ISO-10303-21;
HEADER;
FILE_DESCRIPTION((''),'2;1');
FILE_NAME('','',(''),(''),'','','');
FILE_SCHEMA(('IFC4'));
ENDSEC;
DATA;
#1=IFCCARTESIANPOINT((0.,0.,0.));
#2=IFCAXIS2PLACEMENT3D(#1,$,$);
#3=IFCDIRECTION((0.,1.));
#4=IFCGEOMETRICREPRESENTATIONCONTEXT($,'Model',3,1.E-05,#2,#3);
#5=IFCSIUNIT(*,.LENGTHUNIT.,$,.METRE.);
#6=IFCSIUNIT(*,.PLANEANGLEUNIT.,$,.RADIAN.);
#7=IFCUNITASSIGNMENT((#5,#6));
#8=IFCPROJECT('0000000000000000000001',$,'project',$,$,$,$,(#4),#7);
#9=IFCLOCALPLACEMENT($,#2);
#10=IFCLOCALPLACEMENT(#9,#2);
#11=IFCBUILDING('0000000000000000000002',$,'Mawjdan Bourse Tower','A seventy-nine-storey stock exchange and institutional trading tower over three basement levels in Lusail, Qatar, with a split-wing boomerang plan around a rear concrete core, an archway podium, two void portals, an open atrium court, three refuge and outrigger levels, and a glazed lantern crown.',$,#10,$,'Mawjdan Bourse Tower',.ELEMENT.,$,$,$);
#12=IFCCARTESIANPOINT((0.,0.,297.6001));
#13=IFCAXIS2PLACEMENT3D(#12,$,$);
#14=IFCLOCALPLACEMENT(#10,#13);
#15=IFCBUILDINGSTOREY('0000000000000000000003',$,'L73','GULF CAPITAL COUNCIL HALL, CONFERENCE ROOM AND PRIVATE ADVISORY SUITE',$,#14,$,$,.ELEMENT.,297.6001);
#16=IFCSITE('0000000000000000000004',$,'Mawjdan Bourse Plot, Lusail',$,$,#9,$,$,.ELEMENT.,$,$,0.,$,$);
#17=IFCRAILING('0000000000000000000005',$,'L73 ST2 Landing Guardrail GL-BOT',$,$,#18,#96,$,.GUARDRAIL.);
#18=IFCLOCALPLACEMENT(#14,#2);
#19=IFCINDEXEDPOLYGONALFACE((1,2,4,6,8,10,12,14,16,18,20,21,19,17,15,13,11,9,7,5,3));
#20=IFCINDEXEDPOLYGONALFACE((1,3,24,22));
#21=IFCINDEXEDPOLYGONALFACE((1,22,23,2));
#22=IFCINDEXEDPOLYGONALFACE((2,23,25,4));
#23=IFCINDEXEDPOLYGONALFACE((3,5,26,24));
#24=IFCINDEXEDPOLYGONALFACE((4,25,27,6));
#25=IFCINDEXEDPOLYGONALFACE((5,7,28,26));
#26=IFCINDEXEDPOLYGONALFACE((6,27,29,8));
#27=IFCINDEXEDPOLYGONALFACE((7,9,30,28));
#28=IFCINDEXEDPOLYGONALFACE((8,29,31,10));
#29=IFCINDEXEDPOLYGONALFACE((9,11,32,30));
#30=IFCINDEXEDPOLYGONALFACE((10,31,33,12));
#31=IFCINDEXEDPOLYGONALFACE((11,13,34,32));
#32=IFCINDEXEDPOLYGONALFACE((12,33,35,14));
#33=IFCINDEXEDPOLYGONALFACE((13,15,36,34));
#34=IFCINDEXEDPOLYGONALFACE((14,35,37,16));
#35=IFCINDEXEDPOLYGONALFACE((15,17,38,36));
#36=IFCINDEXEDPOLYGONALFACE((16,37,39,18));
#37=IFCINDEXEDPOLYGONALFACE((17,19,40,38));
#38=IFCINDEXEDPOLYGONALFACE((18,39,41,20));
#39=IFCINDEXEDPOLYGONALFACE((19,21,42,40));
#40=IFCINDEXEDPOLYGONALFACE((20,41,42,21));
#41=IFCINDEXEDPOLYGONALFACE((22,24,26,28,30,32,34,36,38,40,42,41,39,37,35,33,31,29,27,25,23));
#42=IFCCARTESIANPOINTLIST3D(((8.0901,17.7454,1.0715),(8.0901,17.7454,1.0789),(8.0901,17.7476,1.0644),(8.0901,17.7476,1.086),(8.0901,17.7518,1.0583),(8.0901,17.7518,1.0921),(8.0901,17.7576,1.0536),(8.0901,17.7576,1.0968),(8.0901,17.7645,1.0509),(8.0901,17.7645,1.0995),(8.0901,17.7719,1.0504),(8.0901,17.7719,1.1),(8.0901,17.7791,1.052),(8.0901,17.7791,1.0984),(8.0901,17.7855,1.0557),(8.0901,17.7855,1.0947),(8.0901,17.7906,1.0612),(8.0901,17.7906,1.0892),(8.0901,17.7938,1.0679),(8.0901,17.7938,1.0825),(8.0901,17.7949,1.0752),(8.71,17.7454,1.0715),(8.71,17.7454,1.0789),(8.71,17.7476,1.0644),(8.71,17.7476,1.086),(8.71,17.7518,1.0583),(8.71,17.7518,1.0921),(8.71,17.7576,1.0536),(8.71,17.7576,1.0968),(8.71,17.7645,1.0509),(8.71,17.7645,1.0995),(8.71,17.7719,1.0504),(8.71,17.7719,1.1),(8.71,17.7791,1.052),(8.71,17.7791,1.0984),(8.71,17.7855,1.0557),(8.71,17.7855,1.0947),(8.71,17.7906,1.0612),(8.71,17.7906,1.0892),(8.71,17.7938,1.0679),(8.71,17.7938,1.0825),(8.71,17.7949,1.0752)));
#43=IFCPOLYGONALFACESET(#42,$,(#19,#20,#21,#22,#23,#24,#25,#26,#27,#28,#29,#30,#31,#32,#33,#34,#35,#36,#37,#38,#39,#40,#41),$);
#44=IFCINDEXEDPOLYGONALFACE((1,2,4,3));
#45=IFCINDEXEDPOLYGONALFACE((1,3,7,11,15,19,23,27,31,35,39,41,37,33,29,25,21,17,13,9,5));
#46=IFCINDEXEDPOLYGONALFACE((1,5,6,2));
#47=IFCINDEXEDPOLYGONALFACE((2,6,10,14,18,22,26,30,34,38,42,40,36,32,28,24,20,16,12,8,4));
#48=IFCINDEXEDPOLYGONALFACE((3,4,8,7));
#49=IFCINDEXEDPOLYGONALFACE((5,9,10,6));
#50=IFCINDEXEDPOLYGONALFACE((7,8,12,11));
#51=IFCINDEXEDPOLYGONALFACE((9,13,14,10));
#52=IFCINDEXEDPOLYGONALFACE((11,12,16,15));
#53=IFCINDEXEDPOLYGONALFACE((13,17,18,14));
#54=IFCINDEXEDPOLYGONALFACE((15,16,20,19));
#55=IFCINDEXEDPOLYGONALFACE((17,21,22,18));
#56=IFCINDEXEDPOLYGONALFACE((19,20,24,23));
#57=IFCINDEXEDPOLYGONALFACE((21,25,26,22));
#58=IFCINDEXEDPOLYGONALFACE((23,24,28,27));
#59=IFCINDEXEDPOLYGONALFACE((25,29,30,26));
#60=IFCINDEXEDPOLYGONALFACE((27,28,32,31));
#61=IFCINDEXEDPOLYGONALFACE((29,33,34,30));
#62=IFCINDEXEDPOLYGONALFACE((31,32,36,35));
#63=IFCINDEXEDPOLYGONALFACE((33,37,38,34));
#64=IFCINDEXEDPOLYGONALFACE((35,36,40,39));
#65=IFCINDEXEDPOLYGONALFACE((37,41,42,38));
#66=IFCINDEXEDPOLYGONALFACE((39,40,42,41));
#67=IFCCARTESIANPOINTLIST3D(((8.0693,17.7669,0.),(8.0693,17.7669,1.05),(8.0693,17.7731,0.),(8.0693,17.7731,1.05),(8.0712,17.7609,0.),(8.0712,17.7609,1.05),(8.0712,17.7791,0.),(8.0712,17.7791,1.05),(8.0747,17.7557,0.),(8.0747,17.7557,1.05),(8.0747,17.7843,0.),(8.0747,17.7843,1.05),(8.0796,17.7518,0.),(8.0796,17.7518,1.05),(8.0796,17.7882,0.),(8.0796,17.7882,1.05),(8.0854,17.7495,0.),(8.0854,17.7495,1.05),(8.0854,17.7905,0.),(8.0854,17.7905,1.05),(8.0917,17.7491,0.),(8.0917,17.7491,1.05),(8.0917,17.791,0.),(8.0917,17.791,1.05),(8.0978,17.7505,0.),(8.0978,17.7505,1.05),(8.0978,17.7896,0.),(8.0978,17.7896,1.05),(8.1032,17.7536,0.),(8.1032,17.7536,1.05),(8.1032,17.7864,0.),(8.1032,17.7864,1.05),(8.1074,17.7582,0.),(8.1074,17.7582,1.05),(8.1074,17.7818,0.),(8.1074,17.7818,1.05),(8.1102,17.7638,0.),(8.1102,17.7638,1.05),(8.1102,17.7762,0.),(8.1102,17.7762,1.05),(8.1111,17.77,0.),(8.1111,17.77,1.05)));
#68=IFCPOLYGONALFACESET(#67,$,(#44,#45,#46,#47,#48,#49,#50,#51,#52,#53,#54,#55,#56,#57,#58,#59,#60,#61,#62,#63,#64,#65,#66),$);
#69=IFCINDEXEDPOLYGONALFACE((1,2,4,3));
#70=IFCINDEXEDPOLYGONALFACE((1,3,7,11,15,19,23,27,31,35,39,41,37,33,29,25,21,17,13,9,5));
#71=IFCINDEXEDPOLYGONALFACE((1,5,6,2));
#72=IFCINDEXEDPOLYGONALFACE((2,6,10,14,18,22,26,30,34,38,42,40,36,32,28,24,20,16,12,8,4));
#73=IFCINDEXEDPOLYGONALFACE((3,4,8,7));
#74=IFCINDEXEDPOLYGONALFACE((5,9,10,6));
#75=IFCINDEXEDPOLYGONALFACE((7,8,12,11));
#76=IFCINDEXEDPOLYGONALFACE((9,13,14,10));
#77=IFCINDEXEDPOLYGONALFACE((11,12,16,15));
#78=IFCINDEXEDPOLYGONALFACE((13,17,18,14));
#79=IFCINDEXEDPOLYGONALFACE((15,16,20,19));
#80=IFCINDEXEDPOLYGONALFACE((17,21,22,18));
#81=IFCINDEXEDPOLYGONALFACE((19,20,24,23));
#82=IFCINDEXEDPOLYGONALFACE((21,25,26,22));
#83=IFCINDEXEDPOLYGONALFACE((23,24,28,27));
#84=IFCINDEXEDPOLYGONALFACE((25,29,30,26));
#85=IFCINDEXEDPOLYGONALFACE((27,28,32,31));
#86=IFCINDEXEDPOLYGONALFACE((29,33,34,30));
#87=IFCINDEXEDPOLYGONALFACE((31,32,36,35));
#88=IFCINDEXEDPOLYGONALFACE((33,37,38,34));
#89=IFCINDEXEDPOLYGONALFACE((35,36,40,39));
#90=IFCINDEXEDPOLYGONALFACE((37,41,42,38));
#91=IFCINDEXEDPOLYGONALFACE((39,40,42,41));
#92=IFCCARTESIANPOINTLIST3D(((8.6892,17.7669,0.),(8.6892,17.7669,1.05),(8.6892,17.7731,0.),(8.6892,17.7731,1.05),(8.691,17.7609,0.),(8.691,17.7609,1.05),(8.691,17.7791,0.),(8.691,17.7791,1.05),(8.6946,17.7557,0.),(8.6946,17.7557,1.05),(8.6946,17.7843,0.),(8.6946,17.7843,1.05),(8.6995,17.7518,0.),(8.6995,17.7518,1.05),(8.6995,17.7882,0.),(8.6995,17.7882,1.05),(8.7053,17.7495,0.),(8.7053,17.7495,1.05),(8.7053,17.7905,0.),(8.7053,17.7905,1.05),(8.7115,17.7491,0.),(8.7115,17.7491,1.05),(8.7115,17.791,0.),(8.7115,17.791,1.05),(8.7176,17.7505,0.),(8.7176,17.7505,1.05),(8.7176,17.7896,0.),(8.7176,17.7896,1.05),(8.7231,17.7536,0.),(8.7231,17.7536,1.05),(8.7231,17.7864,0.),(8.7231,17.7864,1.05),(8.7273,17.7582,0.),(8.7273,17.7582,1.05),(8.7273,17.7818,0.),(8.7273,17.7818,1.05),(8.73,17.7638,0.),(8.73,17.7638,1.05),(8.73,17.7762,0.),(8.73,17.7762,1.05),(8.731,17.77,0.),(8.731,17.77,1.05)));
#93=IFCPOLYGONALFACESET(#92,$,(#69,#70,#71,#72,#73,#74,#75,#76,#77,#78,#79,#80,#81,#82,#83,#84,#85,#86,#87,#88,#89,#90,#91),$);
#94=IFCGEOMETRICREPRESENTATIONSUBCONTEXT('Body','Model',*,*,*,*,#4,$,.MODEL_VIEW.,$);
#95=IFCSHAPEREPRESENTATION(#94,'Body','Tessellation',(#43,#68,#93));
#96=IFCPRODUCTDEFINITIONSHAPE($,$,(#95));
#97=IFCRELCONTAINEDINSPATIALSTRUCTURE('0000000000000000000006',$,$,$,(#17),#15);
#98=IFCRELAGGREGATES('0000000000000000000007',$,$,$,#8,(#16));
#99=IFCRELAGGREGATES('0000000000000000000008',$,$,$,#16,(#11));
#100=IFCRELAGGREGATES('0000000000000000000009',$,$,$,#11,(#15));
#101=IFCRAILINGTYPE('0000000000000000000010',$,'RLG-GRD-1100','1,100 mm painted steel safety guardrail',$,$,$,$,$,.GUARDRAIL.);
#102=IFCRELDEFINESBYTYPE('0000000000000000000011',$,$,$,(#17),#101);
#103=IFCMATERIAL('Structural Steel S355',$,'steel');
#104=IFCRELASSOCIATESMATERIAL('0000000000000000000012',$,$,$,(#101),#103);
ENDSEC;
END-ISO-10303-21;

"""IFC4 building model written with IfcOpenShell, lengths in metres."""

from ifc_helpers import new_model, si_unit, direction, frame, origin, origin_2d, place, context, subcontext, project, spatial, circle, extrude, material, type_object, element, save


model = new_model("IFC4")

# Units and contexts
model_context = context("Model", 3, precision=1e-05, world=origin(), true_north=direction((0.0, 1.0)))
body_context = subcontext(model_context, "Body", "Model", "MODEL_VIEW")
ifc_project = project(units=[si_unit("LENGTHUNIT", "METRE"), si_unit("PLANEANGLEUNIT", "RADIAN")], contexts=[model_context])

# Site, building, storey
site_placement = place(None, origin())
site = spatial("IfcSite", under=ifc_project, at=site_placement, Name="Mawjdan Bourse Plot, Lusail", CompositionType="ELEMENT", RefElevation=0.0)
building_placement = place(site_placement, origin())
building = spatial("IfcBuilding", under=site, at=building_placement, Name="Mawjdan Bourse Tower", Description="A seventy-nine-storey stock exchange and institutional trading tower over three basement levels in Lusail, Qatar, with a split-wing boomerang plan around a rear concrete core, an archway podium, two void portals, an open atrium court, three refuge and outrigger levels, and a glazed lantern crown.", LongName="Mawjdan Bourse Tower", CompositionType="ELEMENT")
storey_placement = place(building_placement, frame((0.0, 0.0, 297.6001)))
storey = spatial("IfcBuildingStorey", under=building, at=storey_placement, Name="L73", Description="GULF CAPITAL COUNCIL HALL, CONFERENCE ROOM AND PRIVATE ADVISORY SUITE", CompositionType="ELEMENT", Elevation=297.6001)

# Railing
ifc_material_1 = material(Name="Structural Steel S355", Category="steel")
railing_type_1 = type_object("IfcRailingType", Name="RLG-GRD-1100", Description="1,100 mm painted steel safety guardrail", PredefinedType="GUARDRAIL", material=ifc_material_1)
for number, where, name in (
    (1, (8.0901, 17.77, 0.0), "L73 ST2 Landing Guardrail GL-BOT"),
):
    element("IfcRailing", number, at=place(storey_placement, frame(where)), inside=storey, type_object=railing_type_1, Name=name, PredefinedType="GUARDRAIL", context=body_context, shape_type="SweptSolid", body=[
        extrude(circle(Radius=0.0249, at=origin_2d()), frame((0.0, 0.0, 1.0752), z_axis=(1.0, 0.0, 0.0), x_axis=(0.0, 1.0, 0.0)), (0.0, 0.0, 1.0), 0.6199),
        extrude(circle(Radius=0.021, at=origin_2d()), origin(), (0.0, 0.0, 1.0), 1.05),
        extrude(circle(Radius=0.021, at=origin_2d()), frame((0.6199, 0.0, 0.0)), (0.0, 0.0, 1.0), 1.05),
    ])

save(model, "model.ifc")
